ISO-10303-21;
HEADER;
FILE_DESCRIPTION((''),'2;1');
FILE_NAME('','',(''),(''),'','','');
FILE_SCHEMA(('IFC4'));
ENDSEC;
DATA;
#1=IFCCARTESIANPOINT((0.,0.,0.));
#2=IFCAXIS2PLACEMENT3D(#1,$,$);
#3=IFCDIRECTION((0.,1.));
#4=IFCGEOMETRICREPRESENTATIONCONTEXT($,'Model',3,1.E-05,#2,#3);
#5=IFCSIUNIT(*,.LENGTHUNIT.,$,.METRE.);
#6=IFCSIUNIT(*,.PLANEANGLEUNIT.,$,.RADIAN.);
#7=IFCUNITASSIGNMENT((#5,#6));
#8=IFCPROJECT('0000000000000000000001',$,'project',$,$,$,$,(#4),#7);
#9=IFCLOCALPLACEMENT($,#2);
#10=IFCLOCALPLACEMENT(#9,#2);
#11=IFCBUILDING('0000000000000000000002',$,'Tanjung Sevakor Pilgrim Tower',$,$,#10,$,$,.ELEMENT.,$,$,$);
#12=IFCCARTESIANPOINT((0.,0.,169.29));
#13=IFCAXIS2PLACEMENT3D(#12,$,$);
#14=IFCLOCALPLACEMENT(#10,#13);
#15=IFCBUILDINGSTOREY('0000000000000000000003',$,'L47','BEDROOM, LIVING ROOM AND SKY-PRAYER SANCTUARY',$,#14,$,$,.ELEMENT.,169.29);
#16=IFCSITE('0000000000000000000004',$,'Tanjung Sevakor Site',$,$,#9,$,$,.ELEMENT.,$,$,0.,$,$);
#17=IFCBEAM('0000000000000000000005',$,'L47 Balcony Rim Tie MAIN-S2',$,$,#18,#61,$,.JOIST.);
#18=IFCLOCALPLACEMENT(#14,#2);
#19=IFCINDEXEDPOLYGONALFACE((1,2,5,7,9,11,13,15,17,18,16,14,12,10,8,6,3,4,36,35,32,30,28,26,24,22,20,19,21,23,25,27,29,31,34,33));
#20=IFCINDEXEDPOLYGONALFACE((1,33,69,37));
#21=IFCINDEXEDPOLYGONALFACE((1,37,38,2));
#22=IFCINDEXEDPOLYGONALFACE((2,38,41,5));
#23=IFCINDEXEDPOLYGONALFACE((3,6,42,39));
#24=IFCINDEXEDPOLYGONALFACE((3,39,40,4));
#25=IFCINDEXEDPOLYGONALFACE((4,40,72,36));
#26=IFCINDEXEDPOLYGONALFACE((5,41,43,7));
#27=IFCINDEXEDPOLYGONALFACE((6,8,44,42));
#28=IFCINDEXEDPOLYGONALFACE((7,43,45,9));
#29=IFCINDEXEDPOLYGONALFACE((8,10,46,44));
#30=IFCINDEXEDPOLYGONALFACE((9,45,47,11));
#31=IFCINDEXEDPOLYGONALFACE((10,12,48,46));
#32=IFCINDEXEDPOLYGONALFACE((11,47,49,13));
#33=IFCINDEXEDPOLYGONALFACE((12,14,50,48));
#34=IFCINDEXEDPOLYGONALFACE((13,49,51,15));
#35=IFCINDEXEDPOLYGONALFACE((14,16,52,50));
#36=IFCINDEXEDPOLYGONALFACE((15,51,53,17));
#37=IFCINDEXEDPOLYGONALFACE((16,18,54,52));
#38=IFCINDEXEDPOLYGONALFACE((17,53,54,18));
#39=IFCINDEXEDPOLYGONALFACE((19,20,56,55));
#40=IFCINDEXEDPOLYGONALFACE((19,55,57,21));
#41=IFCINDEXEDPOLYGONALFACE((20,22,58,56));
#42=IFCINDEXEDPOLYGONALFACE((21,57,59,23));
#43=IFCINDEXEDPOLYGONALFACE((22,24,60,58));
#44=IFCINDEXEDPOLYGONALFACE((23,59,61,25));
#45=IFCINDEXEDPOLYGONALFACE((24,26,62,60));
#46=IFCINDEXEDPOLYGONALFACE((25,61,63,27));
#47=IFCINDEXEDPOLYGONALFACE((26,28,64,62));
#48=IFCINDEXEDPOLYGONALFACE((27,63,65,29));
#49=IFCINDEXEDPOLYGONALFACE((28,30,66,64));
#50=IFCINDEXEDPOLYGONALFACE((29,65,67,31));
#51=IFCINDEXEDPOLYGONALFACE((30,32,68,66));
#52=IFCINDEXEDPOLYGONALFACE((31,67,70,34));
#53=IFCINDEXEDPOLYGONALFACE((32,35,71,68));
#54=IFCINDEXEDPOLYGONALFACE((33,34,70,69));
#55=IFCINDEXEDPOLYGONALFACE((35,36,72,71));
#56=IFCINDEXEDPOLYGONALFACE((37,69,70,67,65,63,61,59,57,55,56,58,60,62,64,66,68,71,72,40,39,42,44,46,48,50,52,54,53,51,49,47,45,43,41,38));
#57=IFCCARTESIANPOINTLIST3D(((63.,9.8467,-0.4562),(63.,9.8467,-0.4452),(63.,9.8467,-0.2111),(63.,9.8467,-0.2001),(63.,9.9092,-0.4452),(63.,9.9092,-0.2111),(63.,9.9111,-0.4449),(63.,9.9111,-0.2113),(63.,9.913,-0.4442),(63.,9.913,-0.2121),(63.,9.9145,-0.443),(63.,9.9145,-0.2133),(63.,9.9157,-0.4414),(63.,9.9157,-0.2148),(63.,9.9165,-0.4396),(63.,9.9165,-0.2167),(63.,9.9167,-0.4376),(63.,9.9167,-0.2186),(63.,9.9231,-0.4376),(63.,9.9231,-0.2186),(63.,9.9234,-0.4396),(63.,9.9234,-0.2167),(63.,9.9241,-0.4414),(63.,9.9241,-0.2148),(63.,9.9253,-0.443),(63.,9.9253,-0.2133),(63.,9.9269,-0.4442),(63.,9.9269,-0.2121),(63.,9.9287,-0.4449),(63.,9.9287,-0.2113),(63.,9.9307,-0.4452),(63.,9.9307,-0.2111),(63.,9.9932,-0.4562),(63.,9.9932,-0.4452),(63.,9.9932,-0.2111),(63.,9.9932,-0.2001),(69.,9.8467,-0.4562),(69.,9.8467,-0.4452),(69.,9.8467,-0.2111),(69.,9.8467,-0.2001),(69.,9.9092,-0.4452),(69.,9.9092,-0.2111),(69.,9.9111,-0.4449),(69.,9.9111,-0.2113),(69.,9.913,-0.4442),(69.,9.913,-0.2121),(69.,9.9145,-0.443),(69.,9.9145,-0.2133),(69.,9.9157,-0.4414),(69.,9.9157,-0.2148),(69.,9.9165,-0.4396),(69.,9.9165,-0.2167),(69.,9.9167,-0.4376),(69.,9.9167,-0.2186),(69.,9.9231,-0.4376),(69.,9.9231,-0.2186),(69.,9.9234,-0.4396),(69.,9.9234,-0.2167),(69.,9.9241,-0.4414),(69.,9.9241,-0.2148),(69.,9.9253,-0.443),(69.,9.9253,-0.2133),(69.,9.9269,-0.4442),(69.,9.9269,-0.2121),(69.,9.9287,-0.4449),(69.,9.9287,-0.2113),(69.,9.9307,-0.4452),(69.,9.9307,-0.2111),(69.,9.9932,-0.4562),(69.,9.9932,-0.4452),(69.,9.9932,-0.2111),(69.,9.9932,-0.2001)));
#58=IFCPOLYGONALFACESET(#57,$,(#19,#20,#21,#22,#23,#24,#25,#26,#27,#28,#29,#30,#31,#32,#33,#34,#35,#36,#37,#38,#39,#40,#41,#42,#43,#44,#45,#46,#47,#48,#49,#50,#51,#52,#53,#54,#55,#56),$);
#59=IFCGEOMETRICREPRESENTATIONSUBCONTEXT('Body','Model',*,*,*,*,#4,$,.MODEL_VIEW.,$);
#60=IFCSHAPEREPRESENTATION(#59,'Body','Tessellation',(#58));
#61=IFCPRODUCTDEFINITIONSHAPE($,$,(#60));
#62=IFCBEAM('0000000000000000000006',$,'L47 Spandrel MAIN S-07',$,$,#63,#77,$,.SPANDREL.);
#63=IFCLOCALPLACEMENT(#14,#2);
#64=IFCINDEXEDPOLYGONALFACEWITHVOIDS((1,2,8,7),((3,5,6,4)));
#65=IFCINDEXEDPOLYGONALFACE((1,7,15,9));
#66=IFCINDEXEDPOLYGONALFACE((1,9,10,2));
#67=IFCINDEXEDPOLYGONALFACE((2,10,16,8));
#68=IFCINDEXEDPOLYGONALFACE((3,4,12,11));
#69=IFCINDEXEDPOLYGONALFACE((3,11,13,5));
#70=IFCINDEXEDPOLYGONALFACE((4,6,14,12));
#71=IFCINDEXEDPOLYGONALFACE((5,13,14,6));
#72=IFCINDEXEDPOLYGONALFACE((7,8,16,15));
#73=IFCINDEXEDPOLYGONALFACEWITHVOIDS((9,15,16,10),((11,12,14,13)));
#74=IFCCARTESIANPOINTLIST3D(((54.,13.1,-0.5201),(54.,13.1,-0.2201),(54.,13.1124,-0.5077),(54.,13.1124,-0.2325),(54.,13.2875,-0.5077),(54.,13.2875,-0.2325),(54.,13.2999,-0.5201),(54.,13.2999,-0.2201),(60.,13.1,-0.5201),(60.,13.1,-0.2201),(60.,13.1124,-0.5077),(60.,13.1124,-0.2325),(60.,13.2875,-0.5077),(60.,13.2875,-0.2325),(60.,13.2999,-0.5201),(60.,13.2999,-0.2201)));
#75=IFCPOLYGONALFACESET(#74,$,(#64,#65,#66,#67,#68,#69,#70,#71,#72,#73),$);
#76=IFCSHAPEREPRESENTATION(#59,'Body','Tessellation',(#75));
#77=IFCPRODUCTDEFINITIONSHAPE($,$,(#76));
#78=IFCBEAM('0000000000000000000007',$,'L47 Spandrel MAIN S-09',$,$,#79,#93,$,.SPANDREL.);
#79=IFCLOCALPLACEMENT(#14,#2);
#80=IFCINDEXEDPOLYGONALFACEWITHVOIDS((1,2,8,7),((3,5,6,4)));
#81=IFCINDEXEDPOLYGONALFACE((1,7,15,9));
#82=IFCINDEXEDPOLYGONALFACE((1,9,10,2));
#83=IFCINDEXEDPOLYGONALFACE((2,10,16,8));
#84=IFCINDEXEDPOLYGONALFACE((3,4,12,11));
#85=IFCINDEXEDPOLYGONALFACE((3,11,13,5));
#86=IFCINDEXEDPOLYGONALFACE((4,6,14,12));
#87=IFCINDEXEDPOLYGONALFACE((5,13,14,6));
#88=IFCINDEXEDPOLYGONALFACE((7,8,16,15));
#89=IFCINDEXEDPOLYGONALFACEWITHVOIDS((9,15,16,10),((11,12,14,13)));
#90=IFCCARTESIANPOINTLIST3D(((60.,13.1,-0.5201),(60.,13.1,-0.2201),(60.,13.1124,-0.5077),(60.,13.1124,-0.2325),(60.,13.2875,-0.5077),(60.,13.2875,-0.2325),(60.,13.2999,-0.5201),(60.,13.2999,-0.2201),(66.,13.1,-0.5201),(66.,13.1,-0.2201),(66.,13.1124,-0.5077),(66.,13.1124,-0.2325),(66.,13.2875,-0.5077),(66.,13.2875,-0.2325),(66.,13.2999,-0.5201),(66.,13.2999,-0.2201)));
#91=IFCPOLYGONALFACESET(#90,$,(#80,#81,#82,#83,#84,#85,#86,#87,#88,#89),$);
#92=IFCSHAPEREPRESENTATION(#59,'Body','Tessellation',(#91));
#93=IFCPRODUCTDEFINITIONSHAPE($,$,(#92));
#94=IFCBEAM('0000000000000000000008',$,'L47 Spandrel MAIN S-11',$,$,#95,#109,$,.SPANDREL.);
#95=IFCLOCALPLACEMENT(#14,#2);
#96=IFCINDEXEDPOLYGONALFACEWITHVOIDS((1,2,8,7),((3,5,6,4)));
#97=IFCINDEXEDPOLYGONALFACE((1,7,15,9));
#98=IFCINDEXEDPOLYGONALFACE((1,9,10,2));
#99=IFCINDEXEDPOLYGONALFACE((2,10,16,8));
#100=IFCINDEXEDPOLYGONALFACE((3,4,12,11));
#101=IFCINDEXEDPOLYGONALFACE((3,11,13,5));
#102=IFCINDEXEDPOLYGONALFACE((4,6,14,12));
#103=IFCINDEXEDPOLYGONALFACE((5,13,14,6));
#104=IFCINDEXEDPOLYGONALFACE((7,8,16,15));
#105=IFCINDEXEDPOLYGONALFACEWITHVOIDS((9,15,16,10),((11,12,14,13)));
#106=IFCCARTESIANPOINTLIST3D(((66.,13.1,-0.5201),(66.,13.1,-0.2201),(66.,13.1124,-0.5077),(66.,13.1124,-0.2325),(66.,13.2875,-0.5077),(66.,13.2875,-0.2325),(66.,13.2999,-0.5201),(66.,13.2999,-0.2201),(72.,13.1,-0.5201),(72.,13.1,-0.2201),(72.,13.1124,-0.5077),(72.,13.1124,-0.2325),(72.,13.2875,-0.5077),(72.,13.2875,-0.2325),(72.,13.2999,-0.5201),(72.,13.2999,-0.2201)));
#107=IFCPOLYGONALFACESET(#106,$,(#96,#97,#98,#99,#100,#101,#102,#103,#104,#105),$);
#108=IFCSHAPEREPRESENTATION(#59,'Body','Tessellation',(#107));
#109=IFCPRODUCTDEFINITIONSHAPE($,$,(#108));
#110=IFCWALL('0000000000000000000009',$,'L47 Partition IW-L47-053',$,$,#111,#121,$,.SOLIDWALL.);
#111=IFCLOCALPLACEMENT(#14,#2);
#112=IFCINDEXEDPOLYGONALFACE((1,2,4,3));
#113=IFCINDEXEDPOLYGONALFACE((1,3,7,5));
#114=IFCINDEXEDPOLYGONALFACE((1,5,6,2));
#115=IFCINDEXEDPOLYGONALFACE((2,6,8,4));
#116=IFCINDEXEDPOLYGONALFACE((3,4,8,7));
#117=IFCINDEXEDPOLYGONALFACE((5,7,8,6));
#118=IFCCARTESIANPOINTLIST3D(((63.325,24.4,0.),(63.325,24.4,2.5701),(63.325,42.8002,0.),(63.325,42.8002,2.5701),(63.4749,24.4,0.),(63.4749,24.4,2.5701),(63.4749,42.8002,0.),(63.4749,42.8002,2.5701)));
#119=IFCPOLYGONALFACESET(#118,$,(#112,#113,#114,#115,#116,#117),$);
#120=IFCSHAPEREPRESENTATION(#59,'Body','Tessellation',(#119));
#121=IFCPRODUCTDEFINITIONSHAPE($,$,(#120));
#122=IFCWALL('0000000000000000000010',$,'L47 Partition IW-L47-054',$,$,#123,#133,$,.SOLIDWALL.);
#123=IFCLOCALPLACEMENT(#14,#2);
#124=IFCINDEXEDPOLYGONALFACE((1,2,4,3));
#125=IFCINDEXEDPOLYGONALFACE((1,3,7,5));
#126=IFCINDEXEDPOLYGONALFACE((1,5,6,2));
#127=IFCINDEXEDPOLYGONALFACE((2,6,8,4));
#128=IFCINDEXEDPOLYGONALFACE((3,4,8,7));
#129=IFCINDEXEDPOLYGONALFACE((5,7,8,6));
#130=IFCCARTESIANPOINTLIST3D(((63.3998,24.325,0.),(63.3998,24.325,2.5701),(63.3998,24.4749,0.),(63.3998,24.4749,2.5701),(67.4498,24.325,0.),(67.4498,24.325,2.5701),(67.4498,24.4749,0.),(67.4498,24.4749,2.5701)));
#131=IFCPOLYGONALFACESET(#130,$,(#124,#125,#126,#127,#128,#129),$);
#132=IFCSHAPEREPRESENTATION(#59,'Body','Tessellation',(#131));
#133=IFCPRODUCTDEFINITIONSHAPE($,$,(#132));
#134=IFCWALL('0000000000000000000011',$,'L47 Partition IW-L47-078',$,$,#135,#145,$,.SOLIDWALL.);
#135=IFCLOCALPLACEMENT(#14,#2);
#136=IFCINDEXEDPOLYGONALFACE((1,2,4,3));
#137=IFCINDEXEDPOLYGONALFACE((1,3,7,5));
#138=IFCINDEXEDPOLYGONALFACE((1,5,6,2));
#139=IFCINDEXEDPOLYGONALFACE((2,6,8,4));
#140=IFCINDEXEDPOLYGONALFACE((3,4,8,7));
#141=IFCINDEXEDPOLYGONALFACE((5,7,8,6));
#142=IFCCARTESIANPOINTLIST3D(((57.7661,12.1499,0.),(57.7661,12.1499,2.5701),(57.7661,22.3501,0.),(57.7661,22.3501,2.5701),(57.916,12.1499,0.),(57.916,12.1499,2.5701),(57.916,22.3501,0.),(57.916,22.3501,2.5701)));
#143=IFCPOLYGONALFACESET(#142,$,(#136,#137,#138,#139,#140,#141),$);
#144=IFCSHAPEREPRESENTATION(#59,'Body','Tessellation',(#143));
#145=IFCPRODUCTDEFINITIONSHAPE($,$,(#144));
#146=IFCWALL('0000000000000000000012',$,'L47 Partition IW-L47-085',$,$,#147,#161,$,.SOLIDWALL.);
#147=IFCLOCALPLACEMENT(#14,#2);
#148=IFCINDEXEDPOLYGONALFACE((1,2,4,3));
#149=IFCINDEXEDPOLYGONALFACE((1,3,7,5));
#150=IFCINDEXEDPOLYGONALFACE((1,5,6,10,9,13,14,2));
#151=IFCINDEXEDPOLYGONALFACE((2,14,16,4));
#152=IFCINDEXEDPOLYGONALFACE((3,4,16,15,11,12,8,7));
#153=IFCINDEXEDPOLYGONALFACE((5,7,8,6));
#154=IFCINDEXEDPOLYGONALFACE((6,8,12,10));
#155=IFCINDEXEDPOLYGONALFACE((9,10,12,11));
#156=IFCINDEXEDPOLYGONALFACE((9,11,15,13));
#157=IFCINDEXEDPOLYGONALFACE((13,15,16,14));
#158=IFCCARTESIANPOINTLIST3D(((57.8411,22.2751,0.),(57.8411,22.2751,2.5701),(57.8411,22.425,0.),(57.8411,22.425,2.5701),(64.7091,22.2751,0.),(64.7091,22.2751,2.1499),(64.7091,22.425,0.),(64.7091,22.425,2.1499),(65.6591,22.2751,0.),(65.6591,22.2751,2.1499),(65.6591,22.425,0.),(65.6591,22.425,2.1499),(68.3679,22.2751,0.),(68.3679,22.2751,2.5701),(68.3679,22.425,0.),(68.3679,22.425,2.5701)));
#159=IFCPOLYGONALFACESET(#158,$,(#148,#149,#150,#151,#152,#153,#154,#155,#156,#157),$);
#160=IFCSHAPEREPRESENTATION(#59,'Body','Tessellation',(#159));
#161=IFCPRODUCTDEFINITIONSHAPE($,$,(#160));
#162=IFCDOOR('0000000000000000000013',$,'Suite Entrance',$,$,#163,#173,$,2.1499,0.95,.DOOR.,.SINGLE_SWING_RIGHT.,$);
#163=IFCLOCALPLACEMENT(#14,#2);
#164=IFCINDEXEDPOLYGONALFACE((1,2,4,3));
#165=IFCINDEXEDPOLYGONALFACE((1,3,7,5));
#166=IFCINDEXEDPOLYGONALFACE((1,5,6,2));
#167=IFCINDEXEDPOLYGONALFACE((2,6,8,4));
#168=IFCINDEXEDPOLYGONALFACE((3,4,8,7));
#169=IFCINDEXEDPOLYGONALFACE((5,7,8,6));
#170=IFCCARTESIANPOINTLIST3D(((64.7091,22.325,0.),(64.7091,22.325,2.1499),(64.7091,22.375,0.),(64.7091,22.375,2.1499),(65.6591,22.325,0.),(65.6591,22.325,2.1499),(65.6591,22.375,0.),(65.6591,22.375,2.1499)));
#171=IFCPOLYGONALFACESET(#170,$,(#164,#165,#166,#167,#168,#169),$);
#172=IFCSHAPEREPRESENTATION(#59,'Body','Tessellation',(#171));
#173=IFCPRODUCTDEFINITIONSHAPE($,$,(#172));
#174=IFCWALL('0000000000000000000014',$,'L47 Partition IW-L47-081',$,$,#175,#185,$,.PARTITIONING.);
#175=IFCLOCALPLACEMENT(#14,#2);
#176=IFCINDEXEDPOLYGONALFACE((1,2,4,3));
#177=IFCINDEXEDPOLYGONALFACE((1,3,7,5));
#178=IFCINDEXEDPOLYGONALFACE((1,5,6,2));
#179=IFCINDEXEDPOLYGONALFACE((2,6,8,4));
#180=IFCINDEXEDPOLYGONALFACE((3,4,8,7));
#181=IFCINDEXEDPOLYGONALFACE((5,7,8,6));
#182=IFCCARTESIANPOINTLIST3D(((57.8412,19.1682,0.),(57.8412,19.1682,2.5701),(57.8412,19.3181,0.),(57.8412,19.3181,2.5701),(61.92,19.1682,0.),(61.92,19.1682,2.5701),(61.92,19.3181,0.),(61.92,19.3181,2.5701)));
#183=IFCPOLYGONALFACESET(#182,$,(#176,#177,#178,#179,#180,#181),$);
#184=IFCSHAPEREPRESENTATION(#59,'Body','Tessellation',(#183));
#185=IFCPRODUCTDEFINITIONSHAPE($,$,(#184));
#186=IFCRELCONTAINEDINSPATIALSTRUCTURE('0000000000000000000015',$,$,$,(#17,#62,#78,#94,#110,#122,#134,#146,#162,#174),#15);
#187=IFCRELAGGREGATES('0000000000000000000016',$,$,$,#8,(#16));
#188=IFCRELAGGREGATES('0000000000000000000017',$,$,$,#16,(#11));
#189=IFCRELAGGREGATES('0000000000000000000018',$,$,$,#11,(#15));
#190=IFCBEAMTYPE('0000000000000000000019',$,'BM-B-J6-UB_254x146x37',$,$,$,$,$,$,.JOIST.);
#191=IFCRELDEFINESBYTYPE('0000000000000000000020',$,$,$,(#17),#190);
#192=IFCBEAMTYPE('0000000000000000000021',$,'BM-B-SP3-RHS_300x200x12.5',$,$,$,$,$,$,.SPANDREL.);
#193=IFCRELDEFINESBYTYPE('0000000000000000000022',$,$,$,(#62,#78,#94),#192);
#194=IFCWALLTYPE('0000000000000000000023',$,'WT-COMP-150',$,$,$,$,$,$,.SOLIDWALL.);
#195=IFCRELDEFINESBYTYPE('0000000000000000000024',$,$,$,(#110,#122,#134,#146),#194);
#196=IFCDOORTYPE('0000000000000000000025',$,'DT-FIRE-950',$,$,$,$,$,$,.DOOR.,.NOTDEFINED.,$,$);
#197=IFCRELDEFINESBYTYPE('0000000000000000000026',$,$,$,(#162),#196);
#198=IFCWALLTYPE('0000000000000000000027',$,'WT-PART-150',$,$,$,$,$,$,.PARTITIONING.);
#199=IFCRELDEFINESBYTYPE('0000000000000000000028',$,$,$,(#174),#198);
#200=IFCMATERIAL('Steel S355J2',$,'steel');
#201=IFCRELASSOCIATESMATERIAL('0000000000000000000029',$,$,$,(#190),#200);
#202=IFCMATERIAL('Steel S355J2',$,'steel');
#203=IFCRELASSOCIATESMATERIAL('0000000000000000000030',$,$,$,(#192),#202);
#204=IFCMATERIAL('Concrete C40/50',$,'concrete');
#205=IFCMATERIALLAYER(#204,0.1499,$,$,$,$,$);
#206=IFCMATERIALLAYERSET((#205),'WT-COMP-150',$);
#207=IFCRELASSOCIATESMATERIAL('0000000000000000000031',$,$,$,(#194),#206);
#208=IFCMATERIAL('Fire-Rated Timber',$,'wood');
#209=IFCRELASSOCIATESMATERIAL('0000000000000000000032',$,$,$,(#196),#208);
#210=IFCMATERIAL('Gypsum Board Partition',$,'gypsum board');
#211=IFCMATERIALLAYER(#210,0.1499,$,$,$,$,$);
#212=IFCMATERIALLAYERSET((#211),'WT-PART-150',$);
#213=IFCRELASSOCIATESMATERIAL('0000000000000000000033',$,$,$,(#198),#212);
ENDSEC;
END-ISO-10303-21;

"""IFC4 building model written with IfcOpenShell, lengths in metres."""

from ifc_helpers import new_model, si_unit, direction, frame, frame_2d, origin, origin_2d, place, context, subcontext, project, spatial, rectangle, hollow_rectangle, i_section, extrude, material, layer, layer_set, material_profile, profile_set, type_object, element, fill, save


model = new_model("IFC4")

# Units and contexts
model_context = context("Model", 3, precision=1e-05, world=origin(), true_north=direction((0.0, 1.0)))
body_context = subcontext(model_context, "Body", "Model", "MODEL_VIEW")
ifc_project = project(units=[si_unit("LENGTHUNIT", "METRE"), si_unit("PLANEANGLEUNIT", "RADIAN")], contexts=[model_context])

# Site, building, storey
site_placement = place(None, origin())
site = spatial("IfcSite", under=ifc_project, at=site_placement, Name="Tanjung Sevakor Site", CompositionType="ELEMENT", RefElevation=0.0)
building_placement = place(site_placement, origin())
building = spatial("IfcBuilding", under=site, at=building_placement, Name="Tanjung Sevakor Pilgrim Tower", CompositionType="ELEMENT")
storey_placement = place(building_placement, frame((0.0, 0.0, 169.29)))
storey = spatial("IfcBuildingStorey", under=building, at=storey_placement, Name="L47", Description="BEDROOM, LIVING ROOM AND SKY-PRAYER SANCTUARY", CompositionType="ELEMENT", Elevation=169.29)

# Beams
ifc_material_1 = material(Name="Steel S355J2", Category="steel")
ifc_material_profile_1 = material_profile(ifc_material_1, i_section(OverallWidth=0.1465, OverallDepth=0.2561, WebThickness=0.0063, FlangeThickness=0.011, FilletRadius=0.0076, at=origin_2d()))
ifc_profile_set_1 = profile_set([ifc_material_profile_1], Name="Steel S355J2")
beam_type_1 = type_object("IfcBeamType", Name="BM-B-J6-UB_254x146x37", PredefinedType="JOIST", material=ifc_profile_set_1)
beam_1_placement = place(storey_placement, frame((63.0, 9.9199, -0.3281), z_axis=(1.0, 0.0, 0.0), x_axis=(0.0, 1.0, 0.0)))
element("IfcBeam", 1, at=beam_1_placement, inside=storey, type_object=beam_type_1, Name="L47 Balcony Rim Tie MAIN-S2", PredefinedType="JOIST", context=body_context, shape_type="SweptSolid", body=[
    extrude(i_section(OverallWidth=0.1465, OverallDepth=0.2561, WebThickness=0.0063, FlangeThickness=0.011, FilletRadius=0.0076, at=origin_2d()), origin(), (0.0, 0.0, 1.0), 6.0),
])
ifc_material_2 = material(Name="Steel S355J2", Category="steel")
ifc_material_profile_2 = material_profile(ifc_material_2, hollow_rectangle(XDim=0.2, YDim=0.3, WallThickness=0.0125, at=origin_2d()))
ifc_profile_set_2 = profile_set([ifc_material_profile_2], Name="Steel S355J2")
beam_type_2 = type_object("IfcBeamType", Name="BM-B-SP3-RHS_300x200x12.5", PredefinedType="SPANDREL", material=ifc_profile_set_2)
for number, where, z_axis, x_axis, name in (
    (2, (54.0, 13.2, -0.3701), (1.0, 0.0, 0.0), (0.0, 1.0, 0.0), "L47 Spandrel MAIN S-07"),
    (3, (60.0, 13.2, -0.3701), (1.0, 0.0, 0.0), (0.0, 1.0, 0.0), "L47 Spandrel MAIN S-09"),
    (4, (66.0, 13.2, -0.3701), (1.0, 0.0, 0.0), (0.0, 1.0, 0.0), "L47 Spandrel MAIN S-11"),
):
    element("IfcBeam", number, at=place(storey_placement, frame(where, z_axis=z_axis, x_axis=x_axis)), inside=storey, type_object=beam_type_2, Name=name, PredefinedType="SPANDREL", context=body_context, shape_type="SweptSolid", body=[
        extrude(hollow_rectangle(XDim=0.2, YDim=0.3, WallThickness=0.0125, at=origin_2d()), origin(), (0.0, 0.0, 1.0), 6.0),
    ])

# Walls
ifc_material_3 = material(Name="Concrete C40/50", Category="concrete")
ifc_layer_1 = layer(ifc_material_3, 0.1499)
ifc_layer_set_1 = layer_set([ifc_layer_1], Name="WT-COMP-150")
wall_type_1 = type_object("IfcWallType", Name="WT-COMP-150", PredefinedType="SOLIDWALL", material=ifc_layer_set_1)
wall_1_placement = place(storey_placement, frame((63.3999, 24.3999, 0.0), z_axis=(0.0, 0.0, 1.0), x_axis=(0.0, 1.0, 0.0)))
element("IfcWall", 5, at=wall_1_placement, inside=storey, type_object=wall_type_1, Name="L47 Partition IW-L47-053", PredefinedType="SOLIDWALL", context=body_context, shape_type="SweptSolid", body=[
    extrude(rectangle(XDim=18.4001, YDim=0.1499, at=frame_2d((9.2002, 0.0))), origin(), (0.0, 0.0, 1.0), 2.5701),
])
wall_2_placement = place(storey_placement, frame((63.3999, 24.3999, 0.0), z_axis=(0.0, 0.0, 1.0), x_axis=(1.0, 0.0, 0.0)))
element("IfcWall", 6, at=wall_2_placement, inside=storey, type_object=wall_type_1, Name="L47 Partition IW-L47-054", PredefinedType="SOLIDWALL", context=body_context, shape_type="SweptSolid", body=[
    extrude(rectangle(XDim=4.05, YDim=0.1499, at=frame_2d((2.0249, 0.0))), origin(), (0.0, 0.0, 1.0), 2.5701),
])
wall_3_placement = place(storey_placement, frame((57.8411, 12.1499, 0.0), z_axis=(0.0, 0.0, 1.0), x_axis=(0.0, 1.0, 0.0)))
element("IfcWall", 7, at=wall_3_placement, inside=storey, type_object=wall_type_1, Name="L47 Partition IW-L47-078", PredefinedType="SOLIDWALL", context=body_context, shape_type="SweptSolid", body=[
    extrude(rectangle(XDim=10.2002, YDim=0.1499, at=frame_2d((5.1001, 0.0))), origin(), (0.0, 0.0, 1.0), 2.5701),
])

# Wall, opening, door
wall_4_placement = place(storey_placement, frame((57.8411, 22.3501, 0.0), z_axis=(0.0, 0.0, 1.0), x_axis=(1.0, 0.0, 0.0)))
wall_4 = element("IfcWall", 8, at=wall_4_placement, inside=storey, type_object=wall_type_1, Name="L47 Partition IW-L47-085", PredefinedType="SOLIDWALL", context=body_context, shape_type="SweptSolid", body=[
    extrude(rectangle(XDim=10.5269, YDim=0.1499, at=frame_2d((5.2634, 0.0))), origin(), (0.0, 0.0, 1.0), 2.5701),
])
opening_1_placement = place(wall_4_placement, frame((6.8679, 0.0, 0.0)))
opening_1 = element("IfcOpeningElement", 9, at=opening_1_placement, cuts=wall_4, PredefinedType="OPENING", context=body_context, shape_type="SweptSolid", body=[
    extrude(rectangle(XDim=0.95, YDim=2.1499, at=frame_2d((0.4751, 1.075))), frame((0.0, 0.085, 0.0), z_axis=(0.0, -1.0, 0.0), x_axis=(1.0, 0.0, 0.0)), (0.0, 0.0, 1.0), 0.1699),
])
ifc_material_4 = material(Name="Fire-Rated Timber", Category="wood")
door_type_1 = type_object("IfcDoorType", Name="DT-FIRE-950", OperationType="NOTDEFINED", PredefinedType="DOOR", material=ifc_material_4)
door_1_placement = place(opening_1_placement, origin())
door_1 = element("IfcDoor", 10, at=door_1_placement, inside=storey, type_object=door_type_1, Name="Suite Entrance", OperationType="SINGLE_SWING_RIGHT", OverallHeight=2.1499, OverallWidth=0.95, PredefinedType="DOOR", context=body_context, shape_type="SweptSolid", body=[
    extrude(rectangle(XDim=0.95, YDim=2.1499, at=frame_2d((0.4751, 1.075))), frame((0.0, 0.0249, 0.0), z_axis=(0.0, -1.0, 0.0), x_axis=(1.0, 0.0, 0.0)), (0.0, 0.0, 1.0), 0.05),
])
fill(opening_1, door_1)

# Wall
ifc_material_5 = material(Name="Gypsum Board Partition", Category="gypsum board")
ifc_layer_2 = layer(ifc_material_5, 0.1499)
ifc_layer_set_2 = layer_set([ifc_layer_2], Name="WT-PART-150")
wall_type_2 = type_object("IfcWallType", Name="WT-PART-150", PredefinedType="PARTITIONING", material=ifc_layer_set_2)
wall_5_placement = place(storey_placement, frame((57.8411, 19.2432, 0.0), z_axis=(0.0, 0.0, 1.0), x_axis=(1.0, 0.0, 0.0)))
element("IfcWall", 11, at=wall_5_placement, inside=storey, type_object=wall_type_2, Name="L47 Partition IW-L47-081", PredefinedType="PARTITIONING", context=body_context, shape_type="SweptSolid", body=[
    extrude(rectangle(XDim=4.0789, YDim=0.1499, at=frame_2d((2.0396, 0.0))), origin(), (0.0, 0.0, 1.0), 2.5701),
])

save(model, "model.ifc")
